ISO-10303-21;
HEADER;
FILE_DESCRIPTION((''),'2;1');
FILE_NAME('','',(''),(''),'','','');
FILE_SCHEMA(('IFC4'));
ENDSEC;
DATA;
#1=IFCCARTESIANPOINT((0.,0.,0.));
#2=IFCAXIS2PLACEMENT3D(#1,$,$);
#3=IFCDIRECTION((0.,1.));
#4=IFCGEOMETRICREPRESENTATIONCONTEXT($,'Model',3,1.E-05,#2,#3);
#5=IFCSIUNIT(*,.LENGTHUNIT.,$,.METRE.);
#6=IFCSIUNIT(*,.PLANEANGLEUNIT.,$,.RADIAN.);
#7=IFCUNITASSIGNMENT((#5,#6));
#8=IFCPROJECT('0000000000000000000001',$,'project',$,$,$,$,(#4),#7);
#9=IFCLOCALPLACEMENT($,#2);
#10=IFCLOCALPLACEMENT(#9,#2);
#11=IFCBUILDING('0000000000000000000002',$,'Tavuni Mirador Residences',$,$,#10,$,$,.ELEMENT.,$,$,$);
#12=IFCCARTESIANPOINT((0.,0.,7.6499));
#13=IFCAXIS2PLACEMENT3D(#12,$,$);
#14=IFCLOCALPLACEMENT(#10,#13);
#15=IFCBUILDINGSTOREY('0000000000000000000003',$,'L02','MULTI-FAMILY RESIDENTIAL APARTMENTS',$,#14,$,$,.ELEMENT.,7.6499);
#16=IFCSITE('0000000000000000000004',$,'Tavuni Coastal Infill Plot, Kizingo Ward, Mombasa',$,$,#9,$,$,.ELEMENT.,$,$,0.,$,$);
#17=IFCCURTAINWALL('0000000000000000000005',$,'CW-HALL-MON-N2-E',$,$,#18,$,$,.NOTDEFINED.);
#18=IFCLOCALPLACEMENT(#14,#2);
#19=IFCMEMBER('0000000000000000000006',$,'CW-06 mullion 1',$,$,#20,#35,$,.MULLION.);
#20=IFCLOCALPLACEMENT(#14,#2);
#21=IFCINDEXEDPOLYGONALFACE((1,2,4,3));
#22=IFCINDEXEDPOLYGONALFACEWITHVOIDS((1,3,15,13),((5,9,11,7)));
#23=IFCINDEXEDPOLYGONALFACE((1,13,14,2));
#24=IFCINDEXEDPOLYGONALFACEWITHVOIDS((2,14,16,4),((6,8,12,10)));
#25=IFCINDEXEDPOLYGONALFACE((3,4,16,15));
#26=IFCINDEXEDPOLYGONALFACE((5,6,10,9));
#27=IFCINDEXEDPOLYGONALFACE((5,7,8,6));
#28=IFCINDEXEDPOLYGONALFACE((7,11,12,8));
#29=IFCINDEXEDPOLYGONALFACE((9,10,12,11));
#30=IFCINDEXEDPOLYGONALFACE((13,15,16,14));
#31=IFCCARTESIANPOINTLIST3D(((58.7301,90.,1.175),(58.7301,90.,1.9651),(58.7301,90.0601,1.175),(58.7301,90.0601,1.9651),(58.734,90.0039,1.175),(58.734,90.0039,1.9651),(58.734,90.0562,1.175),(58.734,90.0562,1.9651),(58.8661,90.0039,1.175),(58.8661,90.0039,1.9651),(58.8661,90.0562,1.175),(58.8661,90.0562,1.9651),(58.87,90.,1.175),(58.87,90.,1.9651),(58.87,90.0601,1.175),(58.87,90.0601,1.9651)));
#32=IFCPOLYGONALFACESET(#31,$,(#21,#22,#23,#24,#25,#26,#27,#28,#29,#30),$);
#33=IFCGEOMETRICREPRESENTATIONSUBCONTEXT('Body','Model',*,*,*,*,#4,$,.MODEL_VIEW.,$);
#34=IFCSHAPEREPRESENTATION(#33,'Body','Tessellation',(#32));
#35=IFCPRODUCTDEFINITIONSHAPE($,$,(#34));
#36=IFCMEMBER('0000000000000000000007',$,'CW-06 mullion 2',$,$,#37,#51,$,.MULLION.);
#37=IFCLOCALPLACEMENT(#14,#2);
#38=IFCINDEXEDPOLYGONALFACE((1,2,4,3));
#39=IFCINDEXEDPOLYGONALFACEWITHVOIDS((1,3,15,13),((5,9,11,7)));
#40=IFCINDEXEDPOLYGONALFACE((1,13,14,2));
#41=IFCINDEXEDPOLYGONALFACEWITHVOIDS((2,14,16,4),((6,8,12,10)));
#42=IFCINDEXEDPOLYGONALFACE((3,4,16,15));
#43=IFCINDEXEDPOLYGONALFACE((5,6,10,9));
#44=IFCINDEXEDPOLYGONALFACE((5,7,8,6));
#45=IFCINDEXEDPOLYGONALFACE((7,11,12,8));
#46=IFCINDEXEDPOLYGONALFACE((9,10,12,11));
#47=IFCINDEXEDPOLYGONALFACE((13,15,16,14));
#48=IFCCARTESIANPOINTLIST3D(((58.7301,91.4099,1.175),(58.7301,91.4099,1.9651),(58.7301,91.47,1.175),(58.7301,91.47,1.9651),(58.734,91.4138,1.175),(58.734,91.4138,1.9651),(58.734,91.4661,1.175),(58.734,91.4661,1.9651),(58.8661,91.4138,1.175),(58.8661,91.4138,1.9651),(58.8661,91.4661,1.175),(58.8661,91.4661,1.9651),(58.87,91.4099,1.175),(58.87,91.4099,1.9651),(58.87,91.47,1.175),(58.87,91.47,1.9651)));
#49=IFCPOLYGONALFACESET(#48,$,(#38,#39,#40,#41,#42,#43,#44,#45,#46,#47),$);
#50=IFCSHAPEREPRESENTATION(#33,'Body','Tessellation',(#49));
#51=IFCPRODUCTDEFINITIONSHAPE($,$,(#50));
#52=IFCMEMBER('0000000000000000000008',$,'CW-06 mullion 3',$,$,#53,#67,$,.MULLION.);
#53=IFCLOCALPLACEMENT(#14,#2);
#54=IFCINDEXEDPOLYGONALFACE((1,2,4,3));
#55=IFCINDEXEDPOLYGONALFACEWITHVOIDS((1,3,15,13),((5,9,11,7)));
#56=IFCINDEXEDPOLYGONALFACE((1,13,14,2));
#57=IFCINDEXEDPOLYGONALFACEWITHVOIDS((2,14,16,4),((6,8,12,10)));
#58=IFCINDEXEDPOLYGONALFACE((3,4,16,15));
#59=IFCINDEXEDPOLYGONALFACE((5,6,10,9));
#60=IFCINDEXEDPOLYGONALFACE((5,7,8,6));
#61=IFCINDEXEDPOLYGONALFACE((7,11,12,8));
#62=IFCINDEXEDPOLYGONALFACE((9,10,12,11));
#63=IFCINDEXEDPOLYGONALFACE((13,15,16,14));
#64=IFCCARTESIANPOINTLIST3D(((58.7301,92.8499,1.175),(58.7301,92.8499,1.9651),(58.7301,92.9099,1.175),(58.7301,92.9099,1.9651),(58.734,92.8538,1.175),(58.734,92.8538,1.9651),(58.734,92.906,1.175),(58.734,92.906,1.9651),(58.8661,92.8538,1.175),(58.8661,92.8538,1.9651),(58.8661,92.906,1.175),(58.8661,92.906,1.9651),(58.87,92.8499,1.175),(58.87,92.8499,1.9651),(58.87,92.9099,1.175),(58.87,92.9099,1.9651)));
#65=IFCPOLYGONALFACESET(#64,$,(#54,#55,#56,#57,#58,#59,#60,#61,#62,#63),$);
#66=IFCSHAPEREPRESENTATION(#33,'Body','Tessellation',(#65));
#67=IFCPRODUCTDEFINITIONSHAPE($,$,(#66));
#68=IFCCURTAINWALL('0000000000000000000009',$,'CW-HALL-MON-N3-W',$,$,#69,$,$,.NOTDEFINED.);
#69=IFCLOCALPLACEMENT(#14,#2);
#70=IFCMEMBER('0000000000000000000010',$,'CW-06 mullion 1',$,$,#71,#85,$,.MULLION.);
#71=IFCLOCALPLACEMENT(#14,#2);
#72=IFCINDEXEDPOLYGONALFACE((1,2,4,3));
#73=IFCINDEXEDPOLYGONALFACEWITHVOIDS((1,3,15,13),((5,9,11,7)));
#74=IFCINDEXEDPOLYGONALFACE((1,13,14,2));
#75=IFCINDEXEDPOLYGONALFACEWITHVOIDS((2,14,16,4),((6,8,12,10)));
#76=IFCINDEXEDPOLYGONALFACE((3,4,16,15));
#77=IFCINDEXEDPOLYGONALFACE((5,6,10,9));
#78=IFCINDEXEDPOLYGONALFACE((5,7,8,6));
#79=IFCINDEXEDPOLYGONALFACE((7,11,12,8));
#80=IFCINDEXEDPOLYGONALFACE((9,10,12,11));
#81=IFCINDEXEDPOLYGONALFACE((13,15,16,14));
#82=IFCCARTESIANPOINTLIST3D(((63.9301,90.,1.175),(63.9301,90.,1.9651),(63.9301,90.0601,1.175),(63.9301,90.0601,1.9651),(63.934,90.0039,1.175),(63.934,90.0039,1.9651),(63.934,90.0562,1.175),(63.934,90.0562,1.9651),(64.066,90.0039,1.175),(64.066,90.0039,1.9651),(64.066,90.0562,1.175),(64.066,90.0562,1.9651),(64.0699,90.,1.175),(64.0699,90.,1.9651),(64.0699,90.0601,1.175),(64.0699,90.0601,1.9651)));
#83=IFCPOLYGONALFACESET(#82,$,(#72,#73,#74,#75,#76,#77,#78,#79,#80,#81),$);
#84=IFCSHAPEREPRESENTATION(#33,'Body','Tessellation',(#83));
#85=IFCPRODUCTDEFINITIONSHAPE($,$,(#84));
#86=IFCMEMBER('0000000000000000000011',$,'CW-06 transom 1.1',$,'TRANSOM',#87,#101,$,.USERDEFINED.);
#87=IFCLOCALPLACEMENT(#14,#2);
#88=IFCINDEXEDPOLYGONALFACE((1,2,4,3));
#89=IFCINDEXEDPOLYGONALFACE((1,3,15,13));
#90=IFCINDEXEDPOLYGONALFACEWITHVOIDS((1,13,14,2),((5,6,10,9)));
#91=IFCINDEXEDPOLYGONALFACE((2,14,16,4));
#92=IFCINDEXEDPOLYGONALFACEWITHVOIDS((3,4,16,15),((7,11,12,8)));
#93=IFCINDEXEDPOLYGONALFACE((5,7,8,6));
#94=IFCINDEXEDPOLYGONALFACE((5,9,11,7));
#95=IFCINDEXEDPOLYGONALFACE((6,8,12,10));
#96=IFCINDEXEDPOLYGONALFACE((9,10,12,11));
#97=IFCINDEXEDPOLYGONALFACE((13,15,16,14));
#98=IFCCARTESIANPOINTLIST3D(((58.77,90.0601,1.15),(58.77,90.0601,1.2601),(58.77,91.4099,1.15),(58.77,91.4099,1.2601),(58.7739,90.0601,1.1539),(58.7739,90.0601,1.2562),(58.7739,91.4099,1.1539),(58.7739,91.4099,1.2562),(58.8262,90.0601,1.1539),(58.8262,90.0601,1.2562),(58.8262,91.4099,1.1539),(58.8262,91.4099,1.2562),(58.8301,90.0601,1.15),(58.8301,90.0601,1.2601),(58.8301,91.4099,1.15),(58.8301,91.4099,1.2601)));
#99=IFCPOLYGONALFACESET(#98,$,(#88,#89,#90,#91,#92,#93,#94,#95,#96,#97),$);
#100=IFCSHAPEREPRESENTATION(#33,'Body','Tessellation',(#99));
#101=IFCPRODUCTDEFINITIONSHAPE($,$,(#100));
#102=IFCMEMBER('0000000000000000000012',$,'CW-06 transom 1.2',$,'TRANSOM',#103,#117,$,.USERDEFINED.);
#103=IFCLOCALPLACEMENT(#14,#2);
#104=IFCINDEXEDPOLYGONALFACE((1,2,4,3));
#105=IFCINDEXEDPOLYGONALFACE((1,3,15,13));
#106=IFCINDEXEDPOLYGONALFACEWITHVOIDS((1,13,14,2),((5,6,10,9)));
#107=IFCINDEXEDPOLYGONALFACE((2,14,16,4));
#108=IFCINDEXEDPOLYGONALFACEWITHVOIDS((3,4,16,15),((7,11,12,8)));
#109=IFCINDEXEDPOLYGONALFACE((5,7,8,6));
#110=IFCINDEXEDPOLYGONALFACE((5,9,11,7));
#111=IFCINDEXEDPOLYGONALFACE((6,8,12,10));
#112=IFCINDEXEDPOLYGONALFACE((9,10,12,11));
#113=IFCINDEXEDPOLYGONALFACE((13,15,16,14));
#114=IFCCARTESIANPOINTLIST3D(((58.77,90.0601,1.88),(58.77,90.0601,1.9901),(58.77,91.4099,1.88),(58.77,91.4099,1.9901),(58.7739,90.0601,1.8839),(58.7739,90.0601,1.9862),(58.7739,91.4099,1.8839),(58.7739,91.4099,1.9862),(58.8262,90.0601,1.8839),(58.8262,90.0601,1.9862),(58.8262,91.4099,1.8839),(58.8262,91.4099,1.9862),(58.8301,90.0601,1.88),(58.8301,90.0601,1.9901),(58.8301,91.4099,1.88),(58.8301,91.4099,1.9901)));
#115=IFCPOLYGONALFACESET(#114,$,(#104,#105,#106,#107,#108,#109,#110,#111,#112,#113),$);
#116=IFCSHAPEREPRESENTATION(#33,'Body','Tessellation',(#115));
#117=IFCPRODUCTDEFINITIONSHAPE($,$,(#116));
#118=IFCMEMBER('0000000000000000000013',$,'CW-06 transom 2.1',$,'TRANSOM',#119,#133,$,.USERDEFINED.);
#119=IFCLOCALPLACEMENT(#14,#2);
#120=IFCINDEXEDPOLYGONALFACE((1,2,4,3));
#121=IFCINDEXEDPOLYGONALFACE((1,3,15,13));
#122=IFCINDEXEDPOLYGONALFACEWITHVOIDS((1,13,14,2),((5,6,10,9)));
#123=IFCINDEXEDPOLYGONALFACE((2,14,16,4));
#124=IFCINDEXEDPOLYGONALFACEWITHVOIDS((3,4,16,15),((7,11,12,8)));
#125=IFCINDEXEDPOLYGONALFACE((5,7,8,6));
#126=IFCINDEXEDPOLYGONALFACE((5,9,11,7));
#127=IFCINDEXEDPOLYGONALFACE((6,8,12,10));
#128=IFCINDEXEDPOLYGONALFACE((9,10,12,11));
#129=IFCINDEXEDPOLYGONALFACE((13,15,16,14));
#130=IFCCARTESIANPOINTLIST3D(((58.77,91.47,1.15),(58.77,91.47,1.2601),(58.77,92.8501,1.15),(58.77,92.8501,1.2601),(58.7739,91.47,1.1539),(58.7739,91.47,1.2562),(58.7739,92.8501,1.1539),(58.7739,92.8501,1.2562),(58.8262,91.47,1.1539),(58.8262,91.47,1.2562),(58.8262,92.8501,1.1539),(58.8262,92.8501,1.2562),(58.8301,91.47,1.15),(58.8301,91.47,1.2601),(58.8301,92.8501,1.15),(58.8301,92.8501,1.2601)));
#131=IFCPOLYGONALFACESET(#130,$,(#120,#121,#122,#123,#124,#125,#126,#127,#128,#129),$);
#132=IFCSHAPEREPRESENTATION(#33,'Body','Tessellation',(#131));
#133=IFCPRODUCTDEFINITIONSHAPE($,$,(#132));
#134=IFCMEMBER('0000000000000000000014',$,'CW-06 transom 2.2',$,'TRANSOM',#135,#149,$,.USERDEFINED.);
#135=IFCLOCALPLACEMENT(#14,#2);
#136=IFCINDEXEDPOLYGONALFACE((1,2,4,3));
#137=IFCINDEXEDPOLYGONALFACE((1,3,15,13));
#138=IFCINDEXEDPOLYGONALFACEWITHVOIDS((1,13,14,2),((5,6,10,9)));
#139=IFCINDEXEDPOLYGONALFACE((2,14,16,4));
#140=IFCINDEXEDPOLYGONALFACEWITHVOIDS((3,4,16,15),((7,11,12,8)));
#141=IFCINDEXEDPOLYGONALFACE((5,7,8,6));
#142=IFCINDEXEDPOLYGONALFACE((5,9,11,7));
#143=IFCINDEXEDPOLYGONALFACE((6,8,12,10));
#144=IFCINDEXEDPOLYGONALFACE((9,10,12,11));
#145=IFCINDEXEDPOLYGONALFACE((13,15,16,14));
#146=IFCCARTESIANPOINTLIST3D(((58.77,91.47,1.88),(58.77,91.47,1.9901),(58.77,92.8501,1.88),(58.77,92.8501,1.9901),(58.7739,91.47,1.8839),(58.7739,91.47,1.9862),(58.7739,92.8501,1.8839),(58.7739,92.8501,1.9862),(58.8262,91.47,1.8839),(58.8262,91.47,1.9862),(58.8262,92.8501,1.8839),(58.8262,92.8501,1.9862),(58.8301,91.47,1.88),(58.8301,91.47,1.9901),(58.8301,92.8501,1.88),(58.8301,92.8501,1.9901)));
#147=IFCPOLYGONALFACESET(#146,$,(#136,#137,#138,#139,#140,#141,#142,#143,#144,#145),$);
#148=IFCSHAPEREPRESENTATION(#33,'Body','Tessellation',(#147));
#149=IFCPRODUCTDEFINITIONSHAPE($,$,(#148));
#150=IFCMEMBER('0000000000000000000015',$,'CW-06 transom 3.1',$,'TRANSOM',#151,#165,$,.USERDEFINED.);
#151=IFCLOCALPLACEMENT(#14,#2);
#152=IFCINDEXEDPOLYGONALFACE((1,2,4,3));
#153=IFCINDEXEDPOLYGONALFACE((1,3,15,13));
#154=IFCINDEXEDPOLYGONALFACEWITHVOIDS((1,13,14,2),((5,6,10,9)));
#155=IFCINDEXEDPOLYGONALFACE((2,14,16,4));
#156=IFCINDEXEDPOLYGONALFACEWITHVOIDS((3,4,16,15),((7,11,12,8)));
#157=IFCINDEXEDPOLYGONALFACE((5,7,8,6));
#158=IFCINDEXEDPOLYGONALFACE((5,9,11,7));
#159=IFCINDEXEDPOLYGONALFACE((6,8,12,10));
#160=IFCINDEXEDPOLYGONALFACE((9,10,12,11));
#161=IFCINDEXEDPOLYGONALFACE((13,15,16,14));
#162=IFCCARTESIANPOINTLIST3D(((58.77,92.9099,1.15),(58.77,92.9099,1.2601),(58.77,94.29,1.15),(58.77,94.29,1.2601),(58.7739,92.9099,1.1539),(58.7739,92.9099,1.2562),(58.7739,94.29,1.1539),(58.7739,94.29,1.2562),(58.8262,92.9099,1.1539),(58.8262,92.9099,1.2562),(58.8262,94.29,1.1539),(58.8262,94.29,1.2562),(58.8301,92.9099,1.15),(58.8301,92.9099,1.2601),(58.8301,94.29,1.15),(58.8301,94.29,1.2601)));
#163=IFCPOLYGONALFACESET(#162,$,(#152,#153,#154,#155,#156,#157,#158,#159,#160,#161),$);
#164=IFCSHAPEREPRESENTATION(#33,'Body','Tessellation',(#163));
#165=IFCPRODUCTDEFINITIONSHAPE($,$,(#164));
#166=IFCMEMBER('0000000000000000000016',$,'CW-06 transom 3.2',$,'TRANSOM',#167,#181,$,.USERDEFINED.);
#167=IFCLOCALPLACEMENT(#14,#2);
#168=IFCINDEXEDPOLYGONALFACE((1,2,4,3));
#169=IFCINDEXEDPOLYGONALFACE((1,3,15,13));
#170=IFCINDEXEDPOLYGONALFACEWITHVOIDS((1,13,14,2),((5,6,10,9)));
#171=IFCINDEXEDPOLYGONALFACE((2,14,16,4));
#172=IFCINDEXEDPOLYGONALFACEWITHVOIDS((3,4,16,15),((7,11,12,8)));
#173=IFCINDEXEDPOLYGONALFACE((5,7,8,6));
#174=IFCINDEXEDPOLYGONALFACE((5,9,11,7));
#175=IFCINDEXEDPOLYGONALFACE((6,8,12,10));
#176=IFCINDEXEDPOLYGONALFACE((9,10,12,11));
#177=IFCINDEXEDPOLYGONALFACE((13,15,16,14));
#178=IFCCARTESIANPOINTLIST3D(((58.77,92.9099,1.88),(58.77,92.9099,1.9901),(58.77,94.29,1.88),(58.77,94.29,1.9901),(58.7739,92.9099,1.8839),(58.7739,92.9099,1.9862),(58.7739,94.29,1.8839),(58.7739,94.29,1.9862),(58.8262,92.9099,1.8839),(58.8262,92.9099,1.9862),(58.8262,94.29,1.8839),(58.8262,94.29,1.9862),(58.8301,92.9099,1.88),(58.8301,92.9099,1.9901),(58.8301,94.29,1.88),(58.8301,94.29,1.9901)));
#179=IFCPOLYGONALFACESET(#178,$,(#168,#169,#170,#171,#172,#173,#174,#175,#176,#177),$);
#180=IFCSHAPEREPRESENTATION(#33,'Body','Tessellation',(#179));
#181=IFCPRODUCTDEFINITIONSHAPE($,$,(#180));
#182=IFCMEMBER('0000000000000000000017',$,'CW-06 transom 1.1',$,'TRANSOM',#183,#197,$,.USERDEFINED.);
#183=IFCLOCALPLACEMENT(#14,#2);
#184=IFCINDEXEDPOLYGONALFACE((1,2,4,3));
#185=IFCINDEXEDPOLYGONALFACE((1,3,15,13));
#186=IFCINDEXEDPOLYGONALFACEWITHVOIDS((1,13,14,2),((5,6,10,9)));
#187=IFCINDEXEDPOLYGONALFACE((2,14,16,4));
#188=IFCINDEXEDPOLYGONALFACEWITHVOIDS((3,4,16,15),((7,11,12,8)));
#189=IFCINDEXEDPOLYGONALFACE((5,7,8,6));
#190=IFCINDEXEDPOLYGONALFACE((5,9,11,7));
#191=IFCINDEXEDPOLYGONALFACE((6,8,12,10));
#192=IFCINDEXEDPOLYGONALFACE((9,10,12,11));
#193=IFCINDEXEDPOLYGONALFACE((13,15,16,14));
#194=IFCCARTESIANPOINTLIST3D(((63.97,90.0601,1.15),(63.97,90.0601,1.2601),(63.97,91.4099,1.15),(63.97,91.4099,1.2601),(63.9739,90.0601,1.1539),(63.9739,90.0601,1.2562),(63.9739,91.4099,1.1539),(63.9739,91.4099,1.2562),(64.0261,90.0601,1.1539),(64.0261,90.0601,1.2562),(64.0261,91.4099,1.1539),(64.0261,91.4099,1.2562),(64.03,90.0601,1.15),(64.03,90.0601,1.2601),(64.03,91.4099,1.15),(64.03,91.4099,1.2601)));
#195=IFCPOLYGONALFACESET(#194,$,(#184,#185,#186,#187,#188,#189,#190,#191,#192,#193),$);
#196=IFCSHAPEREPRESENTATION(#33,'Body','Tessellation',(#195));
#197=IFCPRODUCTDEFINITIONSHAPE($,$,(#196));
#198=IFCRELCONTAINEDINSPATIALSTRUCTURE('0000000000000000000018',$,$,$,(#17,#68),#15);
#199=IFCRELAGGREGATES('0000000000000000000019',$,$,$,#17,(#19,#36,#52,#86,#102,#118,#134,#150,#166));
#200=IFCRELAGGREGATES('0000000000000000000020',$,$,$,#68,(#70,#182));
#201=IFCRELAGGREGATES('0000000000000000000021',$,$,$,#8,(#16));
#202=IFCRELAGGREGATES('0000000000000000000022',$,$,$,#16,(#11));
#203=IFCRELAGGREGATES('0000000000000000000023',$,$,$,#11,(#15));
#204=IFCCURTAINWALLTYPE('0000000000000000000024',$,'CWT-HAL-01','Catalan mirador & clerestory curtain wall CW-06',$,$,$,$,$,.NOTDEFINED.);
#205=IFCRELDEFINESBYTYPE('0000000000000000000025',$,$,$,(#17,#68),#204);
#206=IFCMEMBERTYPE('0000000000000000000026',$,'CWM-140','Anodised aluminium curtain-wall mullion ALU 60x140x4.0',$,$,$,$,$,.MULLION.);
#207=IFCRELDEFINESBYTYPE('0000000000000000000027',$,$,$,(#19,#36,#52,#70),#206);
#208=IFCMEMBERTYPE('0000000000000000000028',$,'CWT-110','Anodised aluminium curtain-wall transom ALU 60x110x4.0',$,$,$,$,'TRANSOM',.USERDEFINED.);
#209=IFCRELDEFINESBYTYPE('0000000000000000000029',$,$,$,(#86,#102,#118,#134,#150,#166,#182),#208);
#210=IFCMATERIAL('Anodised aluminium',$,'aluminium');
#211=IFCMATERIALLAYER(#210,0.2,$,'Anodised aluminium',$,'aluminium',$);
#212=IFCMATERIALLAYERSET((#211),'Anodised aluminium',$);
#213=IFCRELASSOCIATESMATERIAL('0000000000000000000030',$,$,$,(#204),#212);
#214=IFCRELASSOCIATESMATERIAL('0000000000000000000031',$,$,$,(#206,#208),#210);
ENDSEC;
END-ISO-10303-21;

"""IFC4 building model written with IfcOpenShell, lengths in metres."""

from ifc_helpers import new_model, si_unit, direction, frame, origin, origin_2d, place, context, subcontext, project, spatial, hollow_rectangle, extrude, material, layer, layer_set, material_profile, profile_set, type_object, element, aggregate, save


model = new_model("IFC4")

# Units and contexts
model_context = context("Model", 3, precision=1e-05, world=origin(), true_north=direction((0.0, 1.0)))
body_context = subcontext(model_context, "Body", "Model", "MODEL_VIEW")
ifc_project = project(units=[si_unit("LENGTHUNIT", "METRE"), si_unit("PLANEANGLEUNIT", "RADIAN")], contexts=[model_context])

# Site, building, storey
site_placement = place(None, origin())
site = spatial("IfcSite", under=ifc_project, at=site_placement, Name="Tavuni Coastal Infill Plot, Kizingo Ward, Mombasa", CompositionType="ELEMENT", RefElevation=0.0)
building_placement = place(site_placement, origin())
building = spatial("IfcBuilding", under=site, at=building_placement, Name="Tavuni Mirador Residences", CompositionType="ELEMENT")
storey_placement = place(building_placement, frame((0.0, 0.0, 7.6499)))
storey = spatial("IfcBuildingStorey", under=building, at=storey_placement, Name="L02", Description="MULTI-FAMILY RESIDENTIAL APARTMENTS", CompositionType="ELEMENT", Elevation=7.6499)

# Curtain wall, members
ifc_material_1 = material(Name="Anodised aluminium", Category="aluminium")
ifc_layer_1 = layer(ifc_material_1, 0.2, Name="Anodised aluminium", Category="aluminium")
ifc_layer_set_1 = layer_set([ifc_layer_1], Name="Anodised aluminium")
curtain_wall_type = type_object("IfcCurtainWallType", Name="CWT-HAL-01", Description="Catalan mirador & clerestory curtain wall CW-06", PredefinedType="NOTDEFINED", material=ifc_layer_set_1)
curtain_wall_1_placement = place(storey_placement, origin())
curtain_wall_1 = element("IfcCurtainWall", 1, at=curtain_wall_1_placement, inside=storey, type_object=curtain_wall_type, Name="CW-HALL-MON-N2-E", PredefinedType="NOTDEFINED")
ifc_material_profile_1 = material_profile(ifc_material_1, hollow_rectangle(XDim=0.0601, YDim=0.1399, WallThickness=0.0039, at=origin_2d()), Name="ALU 60x140x4.0", Category="aluminium")
ifc_profile_set_1 = profile_set([ifc_material_profile_1], Name="Anodised aluminium")
member_type_1 = type_object("IfcMemberType", Name="CWM-140", Description="Anodised aluminium curtain-wall mullion ALU 60x140x4.0", PredefinedType="MULLION", material=ifc_profile_set_1)
member_1_placement = place(storey_placement, frame((58.8, 90.03, 1.175), z_axis=(0.0, 0.0, 1.0), x_axis=(0.0, 1.0, 0.0)))
member_1 = element("IfcMember", 2, at=member_1_placement, type_object=member_type_1, Name="CW-06 mullion 1", PredefinedType="MULLION", context=body_context, shape_type="SweptSolid", body=[
    extrude(hollow_rectangle(XDim=0.0601, YDim=0.1399, WallThickness=0.0039, at=origin_2d()), origin(), (0.0, 0.0, 1.0), 0.79),
])
member_2_placement = place(storey_placement, frame((58.8, 91.4399, 1.175), z_axis=(0.0, 0.0, 1.0), x_axis=(0.0, 1.0, 0.0)))
member_2 = element("IfcMember", 3, at=member_2_placement, type_object=member_type_1, Name="CW-06 mullion 2", PredefinedType="MULLION", context=body_context, shape_type="SweptSolid", body=[
    extrude(hollow_rectangle(XDim=0.0601, YDim=0.1399, WallThickness=0.0039, at=origin_2d()), origin(), (0.0, 0.0, 1.0), 0.79),
])
member_3_placement = place(storey_placement, frame((58.8, 92.8799, 1.175), z_axis=(0.0, 0.0, 1.0), x_axis=(0.0, 1.0, 0.0)))
member_3 = element("IfcMember", 4, at=member_3_placement, type_object=member_type_1, Name="CW-06 mullion 3", PredefinedType="MULLION", context=body_context, shape_type="SweptSolid", body=[
    extrude(hollow_rectangle(XDim=0.0601, YDim=0.1399, WallThickness=0.0039, at=origin_2d()), origin(), (0.0, 0.0, 1.0), 0.79),
])

# Curtain wall, member
curtain_wall_2_placement = place(storey_placement, origin())
curtain_wall_2 = element("IfcCurtainWall", 5, at=curtain_wall_2_placement, inside=storey, type_object=curtain_wall_type, Name="CW-HALL-MON-N3-W", PredefinedType="NOTDEFINED")
member_4_placement = place(storey_placement, frame((64.0, 90.03, 1.175), z_axis=(0.0, 0.0, 1.0), x_axis=(0.0, 1.0, 0.0)))
member_4 = element("IfcMember", 6, at=member_4_placement, type_object=member_type_1, Name="CW-06 mullion 1", PredefinedType="MULLION", context=body_context, shape_type="SweptSolid", body=[
    extrude(hollow_rectangle(XDim=0.0601, YDim=0.1399, WallThickness=0.0039, at=origin_2d()), origin(), (0.0, 0.0, 1.0), 0.79),
])

# Members
ifc_material_profile_2 = material_profile(ifc_material_1, hollow_rectangle(XDim=0.0601, YDim=0.1101, WallThickness=0.0039, at=origin_2d()), Name="ALU 60x110x4.0", Category="aluminium")
ifc_profile_set_2 = profile_set([ifc_material_profile_2], Name="Anodised aluminium")
member_type_2 = type_object("IfcMemberType", Name="CWT-110", Description="Anodised aluminium curtain-wall transom ALU 60x110x4.0", ElementType="TRANSOM", PredefinedType="USERDEFINED", material=ifc_profile_set_2)
member_5_placement = place(storey_placement, frame((58.8, 90.0601, 1.2051), z_axis=(0.0, 1.0, 0.0), x_axis=(-1.0, 0.0, 0.0)))
member_5 = element("IfcMember", 7, at=member_5_placement, type_object=member_type_2, Name="CW-06 transom 1.1", ObjectType="TRANSOM", PredefinedType="USERDEFINED", context=body_context, shape_type="SweptSolid", body=[
    extrude(hollow_rectangle(XDim=0.0601, YDim=0.1101, WallThickness=0.0039, at=origin_2d()), origin(), (0.0, 0.0, 1.0), 1.3499),
])
member_6_placement = place(storey_placement, frame((58.8, 90.0601, 1.9351), z_axis=(0.0, 1.0, 0.0), x_axis=(-1.0, 0.0, 0.0)))
member_6 = element("IfcMember", 8, at=member_6_placement, type_object=member_type_2, Name="CW-06 transom 1.2", ObjectType="TRANSOM", PredefinedType="USERDEFINED", context=body_context, shape_type="SweptSolid", body=[
    extrude(hollow_rectangle(XDim=0.0601, YDim=0.1101, WallThickness=0.0039, at=origin_2d()), origin(), (0.0, 0.0, 1.0), 1.3499),
])
member_7_placement = place(storey_placement, frame((58.8, 91.47, 1.2051), z_axis=(0.0, 1.0, 0.0), x_axis=(-1.0, 0.0, 0.0)))
member_7 = element("IfcMember", 9, at=member_7_placement, type_object=member_type_2, Name="CW-06 transom 2.1", ObjectType="TRANSOM", PredefinedType="USERDEFINED", context=body_context, shape_type="SweptSolid", body=[
    extrude(hollow_rectangle(XDim=0.0601, YDim=0.1101, WallThickness=0.0039, at=origin_2d()), origin(), (0.0, 0.0, 1.0), 1.3801),
])
member_8_placement = place(storey_placement, frame((58.8, 91.47, 1.9351), z_axis=(0.0, 1.0, 0.0), x_axis=(-1.0, 0.0, 0.0)))
member_8 = element("IfcMember", 10, at=member_8_placement, type_object=member_type_2, Name="CW-06 transom 2.2", ObjectType="TRANSOM", PredefinedType="USERDEFINED", context=body_context, shape_type="SweptSolid", body=[
    extrude(hollow_rectangle(XDim=0.0601, YDim=0.1101, WallThickness=0.0039, at=origin_2d()), origin(), (0.0, 0.0, 1.0), 1.3801),
])
member_9_placement = place(storey_placement, frame((58.8, 92.9099, 1.2051), z_axis=(0.0, 1.0, 0.0), x_axis=(-1.0, 0.0, 0.0)))
member_9 = element("IfcMember", 11, at=member_9_placement, type_object=member_type_2, Name="CW-06 transom 3.1", ObjectType="TRANSOM", PredefinedType="USERDEFINED", context=body_context, shape_type="SweptSolid", body=[
    extrude(hollow_rectangle(XDim=0.0601, YDim=0.1101, WallThickness=0.0039, at=origin_2d()), origin(), (0.0, 0.0, 1.0), 1.3801),
])
member_10_placement = place(storey_placement, frame((58.8, 92.9099, 1.9351), z_axis=(0.0, 1.0, 0.0), x_axis=(-1.0, 0.0, 0.0)))
member_10 = element("IfcMember", 12, at=member_10_placement, type_object=member_type_2, Name="CW-06 transom 3.2", ObjectType="TRANSOM", PredefinedType="USERDEFINED", context=body_context, shape_type="SweptSolid", body=[
    extrude(hollow_rectangle(XDim=0.0601, YDim=0.1101, WallThickness=0.0039, at=origin_2d()), origin(), (0.0, 0.0, 1.0), 1.3801),
])
member_11_placement = place(storey_placement, frame((64.0, 90.0601, 1.2051), z_axis=(0.0, 1.0, 0.0), x_axis=(-1.0, 0.0, 0.0)))
member_11 = element("IfcMember", 13, at=member_11_placement, type_object=member_type_2, Name="CW-06 transom 1.1", ObjectType="TRANSOM", PredefinedType="USERDEFINED", context=body_context, shape_type="SweptSolid", body=[
    extrude(hollow_rectangle(XDim=0.0601, YDim=0.1101, WallThickness=0.0039, at=origin_2d()), origin(), (0.0, 0.0, 1.0), 1.3499),
])

aggregate(curtain_wall_1, [member_1, member_2, member_3, member_5, member_6, member_7, member_8, member_9, member_10])
aggregate(curtain_wall_2, [member_4, member_11])

save(model, "model.ifc")
